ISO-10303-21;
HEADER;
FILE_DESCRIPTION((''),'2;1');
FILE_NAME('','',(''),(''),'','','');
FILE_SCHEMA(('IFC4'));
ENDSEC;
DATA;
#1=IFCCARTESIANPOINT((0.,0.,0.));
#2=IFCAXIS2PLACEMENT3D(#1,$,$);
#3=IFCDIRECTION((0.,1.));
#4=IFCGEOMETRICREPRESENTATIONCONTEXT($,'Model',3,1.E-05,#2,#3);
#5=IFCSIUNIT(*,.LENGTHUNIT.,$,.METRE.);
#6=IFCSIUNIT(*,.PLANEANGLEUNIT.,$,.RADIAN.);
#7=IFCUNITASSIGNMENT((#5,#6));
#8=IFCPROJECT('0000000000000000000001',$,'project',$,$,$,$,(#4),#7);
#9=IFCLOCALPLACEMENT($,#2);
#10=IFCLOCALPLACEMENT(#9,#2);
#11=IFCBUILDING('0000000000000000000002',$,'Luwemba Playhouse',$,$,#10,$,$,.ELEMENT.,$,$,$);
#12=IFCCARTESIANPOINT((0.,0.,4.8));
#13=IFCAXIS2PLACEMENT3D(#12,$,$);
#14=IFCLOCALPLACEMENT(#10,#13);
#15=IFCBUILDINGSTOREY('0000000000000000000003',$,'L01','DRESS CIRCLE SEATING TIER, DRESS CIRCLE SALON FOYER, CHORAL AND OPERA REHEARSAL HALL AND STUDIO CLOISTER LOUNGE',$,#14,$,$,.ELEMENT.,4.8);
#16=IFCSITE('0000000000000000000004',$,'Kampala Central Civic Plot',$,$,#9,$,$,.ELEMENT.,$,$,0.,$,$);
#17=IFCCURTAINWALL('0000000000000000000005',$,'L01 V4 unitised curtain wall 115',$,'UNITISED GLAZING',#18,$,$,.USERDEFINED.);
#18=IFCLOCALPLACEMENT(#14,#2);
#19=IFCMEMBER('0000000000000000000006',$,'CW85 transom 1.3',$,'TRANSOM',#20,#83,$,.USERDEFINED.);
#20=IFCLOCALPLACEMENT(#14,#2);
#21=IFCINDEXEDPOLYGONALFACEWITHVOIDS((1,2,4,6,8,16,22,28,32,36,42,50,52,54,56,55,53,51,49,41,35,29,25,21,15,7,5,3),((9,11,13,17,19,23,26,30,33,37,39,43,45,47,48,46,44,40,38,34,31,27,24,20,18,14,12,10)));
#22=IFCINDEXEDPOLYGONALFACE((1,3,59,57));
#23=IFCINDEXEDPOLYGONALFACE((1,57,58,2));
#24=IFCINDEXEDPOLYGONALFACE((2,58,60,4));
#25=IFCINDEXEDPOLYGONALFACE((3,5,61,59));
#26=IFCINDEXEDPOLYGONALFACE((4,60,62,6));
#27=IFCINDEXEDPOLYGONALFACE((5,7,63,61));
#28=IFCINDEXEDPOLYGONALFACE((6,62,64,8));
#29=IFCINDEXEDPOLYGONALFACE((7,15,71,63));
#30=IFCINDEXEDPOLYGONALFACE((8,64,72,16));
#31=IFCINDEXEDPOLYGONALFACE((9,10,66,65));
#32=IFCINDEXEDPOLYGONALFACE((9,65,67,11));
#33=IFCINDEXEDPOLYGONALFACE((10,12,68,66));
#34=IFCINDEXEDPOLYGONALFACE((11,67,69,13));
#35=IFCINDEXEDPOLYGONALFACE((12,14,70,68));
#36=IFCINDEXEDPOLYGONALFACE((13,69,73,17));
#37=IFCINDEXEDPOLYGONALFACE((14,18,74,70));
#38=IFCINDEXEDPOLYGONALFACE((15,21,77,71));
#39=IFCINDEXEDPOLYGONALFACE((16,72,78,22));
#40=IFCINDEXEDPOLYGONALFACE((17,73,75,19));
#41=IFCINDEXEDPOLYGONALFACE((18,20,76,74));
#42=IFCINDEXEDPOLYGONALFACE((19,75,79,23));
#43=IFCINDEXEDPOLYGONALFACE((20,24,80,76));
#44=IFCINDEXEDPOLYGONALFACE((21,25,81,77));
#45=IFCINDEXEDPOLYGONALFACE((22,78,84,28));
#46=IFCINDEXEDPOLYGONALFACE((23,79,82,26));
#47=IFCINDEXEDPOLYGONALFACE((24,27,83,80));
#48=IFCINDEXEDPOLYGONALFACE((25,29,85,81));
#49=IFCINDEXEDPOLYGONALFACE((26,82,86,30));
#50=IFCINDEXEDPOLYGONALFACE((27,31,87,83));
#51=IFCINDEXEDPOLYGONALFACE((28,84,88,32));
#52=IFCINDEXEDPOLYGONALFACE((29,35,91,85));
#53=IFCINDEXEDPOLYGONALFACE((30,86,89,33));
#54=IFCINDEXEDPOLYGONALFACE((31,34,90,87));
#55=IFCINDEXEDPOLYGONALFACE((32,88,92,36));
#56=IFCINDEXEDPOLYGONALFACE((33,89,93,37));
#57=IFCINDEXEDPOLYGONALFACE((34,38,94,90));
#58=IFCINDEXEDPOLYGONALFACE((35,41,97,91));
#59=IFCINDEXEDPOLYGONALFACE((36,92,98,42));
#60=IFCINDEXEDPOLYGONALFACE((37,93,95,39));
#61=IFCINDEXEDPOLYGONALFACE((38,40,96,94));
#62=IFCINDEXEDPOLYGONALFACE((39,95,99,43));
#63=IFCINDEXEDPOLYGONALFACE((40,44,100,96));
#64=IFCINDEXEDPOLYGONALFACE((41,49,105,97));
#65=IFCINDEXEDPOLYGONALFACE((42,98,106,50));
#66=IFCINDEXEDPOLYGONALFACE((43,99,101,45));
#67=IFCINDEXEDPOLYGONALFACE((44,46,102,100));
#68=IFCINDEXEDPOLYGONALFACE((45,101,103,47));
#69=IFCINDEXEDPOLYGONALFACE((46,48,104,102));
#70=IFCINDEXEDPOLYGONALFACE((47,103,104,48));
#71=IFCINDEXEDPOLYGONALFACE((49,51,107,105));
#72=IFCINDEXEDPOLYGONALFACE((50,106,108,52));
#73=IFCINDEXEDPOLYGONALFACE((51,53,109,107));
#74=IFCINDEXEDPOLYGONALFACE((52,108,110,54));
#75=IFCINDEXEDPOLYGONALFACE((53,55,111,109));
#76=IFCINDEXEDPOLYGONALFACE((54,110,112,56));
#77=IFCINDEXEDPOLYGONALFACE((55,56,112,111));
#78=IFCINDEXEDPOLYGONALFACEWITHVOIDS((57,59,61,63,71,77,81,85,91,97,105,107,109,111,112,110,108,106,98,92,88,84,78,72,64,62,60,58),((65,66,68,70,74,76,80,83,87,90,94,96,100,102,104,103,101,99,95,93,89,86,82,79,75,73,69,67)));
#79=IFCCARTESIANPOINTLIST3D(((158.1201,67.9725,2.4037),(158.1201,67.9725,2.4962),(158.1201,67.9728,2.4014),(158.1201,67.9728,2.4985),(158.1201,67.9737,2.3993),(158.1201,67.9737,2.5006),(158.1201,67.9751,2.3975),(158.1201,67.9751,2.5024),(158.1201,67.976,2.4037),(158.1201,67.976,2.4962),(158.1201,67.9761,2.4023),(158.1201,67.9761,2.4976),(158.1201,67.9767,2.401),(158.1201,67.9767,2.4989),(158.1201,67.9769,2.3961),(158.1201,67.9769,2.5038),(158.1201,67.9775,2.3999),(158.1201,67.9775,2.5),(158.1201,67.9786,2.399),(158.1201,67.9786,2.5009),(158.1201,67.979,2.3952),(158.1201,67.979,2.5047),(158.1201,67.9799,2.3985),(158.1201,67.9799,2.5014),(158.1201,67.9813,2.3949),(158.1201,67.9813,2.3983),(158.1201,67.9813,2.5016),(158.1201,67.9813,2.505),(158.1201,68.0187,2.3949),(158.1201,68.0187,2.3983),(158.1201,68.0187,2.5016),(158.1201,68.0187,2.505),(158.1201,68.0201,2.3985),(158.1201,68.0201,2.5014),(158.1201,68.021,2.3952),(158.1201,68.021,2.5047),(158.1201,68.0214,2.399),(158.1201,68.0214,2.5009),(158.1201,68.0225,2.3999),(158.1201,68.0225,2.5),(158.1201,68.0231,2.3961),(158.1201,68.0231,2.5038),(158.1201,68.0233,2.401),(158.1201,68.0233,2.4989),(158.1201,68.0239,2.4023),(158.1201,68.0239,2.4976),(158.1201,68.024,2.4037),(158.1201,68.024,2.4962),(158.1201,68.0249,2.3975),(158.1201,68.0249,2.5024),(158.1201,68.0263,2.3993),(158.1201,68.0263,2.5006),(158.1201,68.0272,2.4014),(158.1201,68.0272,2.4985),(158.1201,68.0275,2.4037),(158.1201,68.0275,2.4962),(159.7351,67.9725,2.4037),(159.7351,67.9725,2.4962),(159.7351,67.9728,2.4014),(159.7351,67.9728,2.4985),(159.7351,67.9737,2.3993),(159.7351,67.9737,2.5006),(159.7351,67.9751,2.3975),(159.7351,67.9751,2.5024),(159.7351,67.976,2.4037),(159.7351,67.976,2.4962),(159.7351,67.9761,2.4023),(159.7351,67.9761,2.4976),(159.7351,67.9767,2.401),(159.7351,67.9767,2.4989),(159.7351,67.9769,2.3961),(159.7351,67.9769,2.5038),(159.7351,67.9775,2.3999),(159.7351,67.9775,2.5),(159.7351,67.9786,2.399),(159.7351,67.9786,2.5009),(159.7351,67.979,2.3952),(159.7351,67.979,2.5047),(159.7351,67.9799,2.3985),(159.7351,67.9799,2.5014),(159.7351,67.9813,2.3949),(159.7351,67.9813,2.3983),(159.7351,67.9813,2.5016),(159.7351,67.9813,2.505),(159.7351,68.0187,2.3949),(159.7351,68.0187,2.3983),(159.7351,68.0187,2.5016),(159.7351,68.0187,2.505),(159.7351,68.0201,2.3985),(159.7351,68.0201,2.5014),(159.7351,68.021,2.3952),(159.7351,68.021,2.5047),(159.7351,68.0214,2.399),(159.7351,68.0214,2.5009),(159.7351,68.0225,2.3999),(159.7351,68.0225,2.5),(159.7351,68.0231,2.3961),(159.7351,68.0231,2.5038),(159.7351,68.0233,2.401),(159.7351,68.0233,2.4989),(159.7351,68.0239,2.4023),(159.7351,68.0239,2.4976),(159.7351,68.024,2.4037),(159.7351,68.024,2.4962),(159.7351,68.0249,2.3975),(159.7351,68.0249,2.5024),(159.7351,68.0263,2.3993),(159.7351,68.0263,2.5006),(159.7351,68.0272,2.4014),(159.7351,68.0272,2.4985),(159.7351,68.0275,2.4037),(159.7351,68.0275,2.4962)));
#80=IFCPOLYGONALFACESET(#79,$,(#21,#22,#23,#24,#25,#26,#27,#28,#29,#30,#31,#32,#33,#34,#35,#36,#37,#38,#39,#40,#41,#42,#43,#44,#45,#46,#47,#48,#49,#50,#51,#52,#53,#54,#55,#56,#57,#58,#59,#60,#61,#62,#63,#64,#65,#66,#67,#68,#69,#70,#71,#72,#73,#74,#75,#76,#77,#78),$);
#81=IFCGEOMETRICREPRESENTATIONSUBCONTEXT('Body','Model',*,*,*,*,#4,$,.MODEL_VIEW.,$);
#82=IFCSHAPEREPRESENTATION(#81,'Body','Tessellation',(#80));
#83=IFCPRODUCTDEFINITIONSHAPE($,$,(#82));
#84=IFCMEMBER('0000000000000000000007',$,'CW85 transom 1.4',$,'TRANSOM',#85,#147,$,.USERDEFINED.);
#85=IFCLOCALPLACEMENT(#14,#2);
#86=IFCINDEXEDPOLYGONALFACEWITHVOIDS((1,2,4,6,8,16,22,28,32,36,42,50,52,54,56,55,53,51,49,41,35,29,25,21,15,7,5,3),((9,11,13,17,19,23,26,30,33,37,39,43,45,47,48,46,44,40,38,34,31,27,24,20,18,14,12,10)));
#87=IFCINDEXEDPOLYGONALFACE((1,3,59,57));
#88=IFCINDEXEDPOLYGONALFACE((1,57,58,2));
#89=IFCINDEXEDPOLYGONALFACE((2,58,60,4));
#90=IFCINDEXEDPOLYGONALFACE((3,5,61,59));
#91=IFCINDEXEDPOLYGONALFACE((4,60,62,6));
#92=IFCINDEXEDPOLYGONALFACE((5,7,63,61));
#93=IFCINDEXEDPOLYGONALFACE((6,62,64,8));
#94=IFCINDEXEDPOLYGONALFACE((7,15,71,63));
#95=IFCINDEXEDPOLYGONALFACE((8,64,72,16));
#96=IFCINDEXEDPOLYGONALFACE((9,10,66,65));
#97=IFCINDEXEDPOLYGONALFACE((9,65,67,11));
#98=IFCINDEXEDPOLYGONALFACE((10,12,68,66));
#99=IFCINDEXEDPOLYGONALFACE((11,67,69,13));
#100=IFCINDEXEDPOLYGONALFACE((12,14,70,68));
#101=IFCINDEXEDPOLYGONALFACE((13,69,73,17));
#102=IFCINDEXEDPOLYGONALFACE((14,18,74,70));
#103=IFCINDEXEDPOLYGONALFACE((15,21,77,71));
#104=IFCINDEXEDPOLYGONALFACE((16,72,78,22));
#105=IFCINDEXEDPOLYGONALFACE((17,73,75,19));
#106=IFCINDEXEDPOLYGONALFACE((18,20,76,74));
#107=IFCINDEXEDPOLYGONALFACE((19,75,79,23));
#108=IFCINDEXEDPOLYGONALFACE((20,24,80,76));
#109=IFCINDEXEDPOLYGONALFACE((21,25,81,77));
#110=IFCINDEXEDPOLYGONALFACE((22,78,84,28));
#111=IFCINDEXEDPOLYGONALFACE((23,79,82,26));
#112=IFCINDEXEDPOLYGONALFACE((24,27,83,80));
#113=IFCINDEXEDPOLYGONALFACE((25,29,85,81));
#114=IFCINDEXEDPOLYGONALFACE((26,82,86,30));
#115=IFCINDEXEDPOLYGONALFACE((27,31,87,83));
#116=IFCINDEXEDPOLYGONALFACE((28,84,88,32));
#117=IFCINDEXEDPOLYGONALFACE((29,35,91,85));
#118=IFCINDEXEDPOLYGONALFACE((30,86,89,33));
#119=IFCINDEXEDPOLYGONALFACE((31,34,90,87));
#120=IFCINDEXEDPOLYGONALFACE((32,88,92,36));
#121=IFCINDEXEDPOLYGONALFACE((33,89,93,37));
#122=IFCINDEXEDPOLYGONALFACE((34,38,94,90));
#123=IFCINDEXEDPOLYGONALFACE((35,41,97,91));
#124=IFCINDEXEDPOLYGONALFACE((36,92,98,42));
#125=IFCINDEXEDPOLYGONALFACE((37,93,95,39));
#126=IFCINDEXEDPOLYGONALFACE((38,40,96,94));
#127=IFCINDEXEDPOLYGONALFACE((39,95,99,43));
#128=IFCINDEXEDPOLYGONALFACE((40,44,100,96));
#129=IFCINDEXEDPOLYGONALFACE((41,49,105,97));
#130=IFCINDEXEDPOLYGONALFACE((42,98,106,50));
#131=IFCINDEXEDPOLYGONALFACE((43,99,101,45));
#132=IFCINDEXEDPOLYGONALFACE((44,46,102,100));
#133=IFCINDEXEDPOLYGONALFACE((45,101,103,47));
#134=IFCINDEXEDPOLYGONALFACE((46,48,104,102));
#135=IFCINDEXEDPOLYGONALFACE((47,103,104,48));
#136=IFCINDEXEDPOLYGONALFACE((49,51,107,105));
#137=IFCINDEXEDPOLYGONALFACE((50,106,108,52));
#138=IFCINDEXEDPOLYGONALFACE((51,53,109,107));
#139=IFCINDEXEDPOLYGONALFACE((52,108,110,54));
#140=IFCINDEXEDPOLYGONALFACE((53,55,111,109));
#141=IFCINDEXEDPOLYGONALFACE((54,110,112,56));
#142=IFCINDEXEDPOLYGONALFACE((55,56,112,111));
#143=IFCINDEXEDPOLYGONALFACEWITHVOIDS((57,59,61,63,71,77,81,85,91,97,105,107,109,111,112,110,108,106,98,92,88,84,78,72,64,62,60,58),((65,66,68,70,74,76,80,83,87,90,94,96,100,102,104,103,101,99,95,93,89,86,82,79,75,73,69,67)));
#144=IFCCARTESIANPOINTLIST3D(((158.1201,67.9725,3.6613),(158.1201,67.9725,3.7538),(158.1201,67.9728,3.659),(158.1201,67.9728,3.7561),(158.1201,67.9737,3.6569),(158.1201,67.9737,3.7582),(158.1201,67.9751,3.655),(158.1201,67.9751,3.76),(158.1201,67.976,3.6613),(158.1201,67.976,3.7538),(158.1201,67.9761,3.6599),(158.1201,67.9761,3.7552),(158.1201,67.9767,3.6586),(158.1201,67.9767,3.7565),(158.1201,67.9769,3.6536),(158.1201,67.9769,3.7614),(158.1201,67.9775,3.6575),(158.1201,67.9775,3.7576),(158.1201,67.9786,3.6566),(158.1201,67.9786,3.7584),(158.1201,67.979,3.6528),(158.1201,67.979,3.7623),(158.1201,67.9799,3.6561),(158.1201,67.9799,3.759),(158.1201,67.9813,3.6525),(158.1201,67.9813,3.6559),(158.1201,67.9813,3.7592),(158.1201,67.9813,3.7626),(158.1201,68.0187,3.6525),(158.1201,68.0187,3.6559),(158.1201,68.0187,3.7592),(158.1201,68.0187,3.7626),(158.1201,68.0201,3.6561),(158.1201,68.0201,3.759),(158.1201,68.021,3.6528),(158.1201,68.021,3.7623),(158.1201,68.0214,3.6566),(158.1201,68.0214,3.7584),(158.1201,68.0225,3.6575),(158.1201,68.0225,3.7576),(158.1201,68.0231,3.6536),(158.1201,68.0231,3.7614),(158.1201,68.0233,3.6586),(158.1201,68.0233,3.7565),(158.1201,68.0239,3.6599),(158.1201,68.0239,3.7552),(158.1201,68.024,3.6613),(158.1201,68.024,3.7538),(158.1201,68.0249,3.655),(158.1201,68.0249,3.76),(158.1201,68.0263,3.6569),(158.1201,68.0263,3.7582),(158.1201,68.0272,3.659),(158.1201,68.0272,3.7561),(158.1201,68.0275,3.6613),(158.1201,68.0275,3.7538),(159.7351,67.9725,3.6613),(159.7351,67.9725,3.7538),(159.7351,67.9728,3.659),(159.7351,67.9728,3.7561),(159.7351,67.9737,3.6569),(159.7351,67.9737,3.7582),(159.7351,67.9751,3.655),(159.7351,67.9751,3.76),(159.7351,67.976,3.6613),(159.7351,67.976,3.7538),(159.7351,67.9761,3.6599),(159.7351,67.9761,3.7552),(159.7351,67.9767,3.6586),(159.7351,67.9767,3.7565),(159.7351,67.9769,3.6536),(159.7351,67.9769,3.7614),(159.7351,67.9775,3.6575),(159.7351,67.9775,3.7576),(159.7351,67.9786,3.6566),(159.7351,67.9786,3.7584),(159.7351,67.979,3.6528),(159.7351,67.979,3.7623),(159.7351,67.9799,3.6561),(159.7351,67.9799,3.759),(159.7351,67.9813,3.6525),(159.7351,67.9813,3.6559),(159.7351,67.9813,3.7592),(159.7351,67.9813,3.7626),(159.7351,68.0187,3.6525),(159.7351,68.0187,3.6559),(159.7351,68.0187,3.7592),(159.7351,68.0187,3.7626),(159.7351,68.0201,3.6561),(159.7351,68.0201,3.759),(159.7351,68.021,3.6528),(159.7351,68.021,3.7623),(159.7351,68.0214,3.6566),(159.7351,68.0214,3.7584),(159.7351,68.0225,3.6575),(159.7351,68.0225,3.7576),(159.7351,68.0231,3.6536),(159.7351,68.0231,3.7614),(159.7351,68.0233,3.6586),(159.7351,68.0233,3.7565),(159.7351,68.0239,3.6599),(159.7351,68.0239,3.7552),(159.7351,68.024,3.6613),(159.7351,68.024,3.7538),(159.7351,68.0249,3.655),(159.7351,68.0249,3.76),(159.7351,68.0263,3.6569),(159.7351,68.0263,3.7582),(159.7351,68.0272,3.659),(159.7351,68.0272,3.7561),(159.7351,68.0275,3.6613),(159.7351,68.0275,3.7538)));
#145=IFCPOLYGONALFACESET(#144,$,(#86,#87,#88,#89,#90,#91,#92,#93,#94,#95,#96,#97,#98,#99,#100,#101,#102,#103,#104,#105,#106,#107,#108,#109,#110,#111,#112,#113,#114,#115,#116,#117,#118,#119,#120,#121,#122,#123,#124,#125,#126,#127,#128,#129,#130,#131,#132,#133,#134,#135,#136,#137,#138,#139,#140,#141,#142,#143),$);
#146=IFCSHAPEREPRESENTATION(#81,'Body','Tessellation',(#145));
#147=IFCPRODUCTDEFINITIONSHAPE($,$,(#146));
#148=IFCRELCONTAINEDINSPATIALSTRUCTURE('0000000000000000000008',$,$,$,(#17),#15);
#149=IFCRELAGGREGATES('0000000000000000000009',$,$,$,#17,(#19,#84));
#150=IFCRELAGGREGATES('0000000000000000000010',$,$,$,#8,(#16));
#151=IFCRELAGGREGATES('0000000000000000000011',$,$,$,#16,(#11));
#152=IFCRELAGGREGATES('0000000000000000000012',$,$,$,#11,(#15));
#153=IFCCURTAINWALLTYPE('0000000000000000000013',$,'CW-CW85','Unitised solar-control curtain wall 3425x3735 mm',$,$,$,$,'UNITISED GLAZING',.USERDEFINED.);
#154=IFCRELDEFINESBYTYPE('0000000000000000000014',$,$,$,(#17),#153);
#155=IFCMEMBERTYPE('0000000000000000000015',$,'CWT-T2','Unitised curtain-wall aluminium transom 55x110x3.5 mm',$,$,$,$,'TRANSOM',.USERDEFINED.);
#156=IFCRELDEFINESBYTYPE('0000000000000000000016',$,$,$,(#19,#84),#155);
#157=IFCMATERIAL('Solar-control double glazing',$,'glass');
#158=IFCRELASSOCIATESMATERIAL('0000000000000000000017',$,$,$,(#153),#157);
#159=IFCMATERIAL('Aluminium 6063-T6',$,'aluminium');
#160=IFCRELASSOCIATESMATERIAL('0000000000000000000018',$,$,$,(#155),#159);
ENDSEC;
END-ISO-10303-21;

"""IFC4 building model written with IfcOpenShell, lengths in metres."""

from ifc_helpers import new_model, si_unit, direction, frame, origin, origin_2d, place, context, subcontext, project, spatial, hollow_rectangle, extrude, material, material_profile, profile_set, type_object, element, aggregate, save


model = new_model("IFC4")

# Units and contexts
model_context = context("Model", 3, precision=1e-05, world=origin(), true_north=direction((0.0, 1.0)))
body_context = subcontext(model_context, "Body", "Model", "MODEL_VIEW")
ifc_project = project(units=[si_unit("LENGTHUNIT", "METRE"), si_unit("PLANEANGLEUNIT", "RADIAN")], contexts=[model_context])

# Site, building, storey
site_placement = place(None, origin())
site = spatial("IfcSite", under=ifc_project, at=site_placement, Name="Kampala Central Civic Plot", CompositionType="ELEMENT", RefElevation=0.0)
building_placement = place(site_placement, origin())
building = spatial("IfcBuilding", under=site, at=building_placement, Name="Luwemba Playhouse", CompositionType="ELEMENT")
storey_placement = place(building_placement, frame((0.0, 0.0, 4.8)))
storey = spatial("IfcBuildingStorey", under=building, at=storey_placement, Name="L01", Description="DRESS CIRCLE SEATING TIER, DRESS CIRCLE SALON FOYER, CHORAL AND OPERA REHEARSAL HALL AND STUDIO CLOISTER LOUNGE", CompositionType="ELEMENT", Elevation=4.8)

# Curtain wall, members
ifc_material_1 = material(Name="Solar-control double glazing", Category="glass")
curtain_wall_type = type_object("IfcCurtainWallType", Name="CW-CW85", Description="Unitised solar-control curtain wall 3425x3735 mm", ElementType="UNITISED GLAZING", PredefinedType="USERDEFINED", material=ifc_material_1)
curtain_wall_placement = place(storey_placement, origin())
curtain_wall = element("IfcCurtainWall", 1, at=curtain_wall_placement, inside=storey, type_object=curtain_wall_type, Name="L01 V4 unitised curtain wall 115", ObjectType="UNITISED GLAZING", PredefinedType="USERDEFINED")
ifc_material_2 = material(Name="Aluminium 6063-T6", Category="aluminium")
ifc_material_profile_1 = material_profile(ifc_material_2, hollow_rectangle(XDim=0.0549, YDim=0.1101, WallThickness=0.0034, InnerFilletRadius=0.0054, OuterFilletRadius=0.0088, at=origin_2d()))
ifc_profile_set_1 = profile_set([ifc_material_profile_1], Name="Aluminium 6063-T6")
member_type_1 = type_object("IfcMemberType", Name="CWT-T2", Description="Unitised curtain-wall aluminium transom 55x110x3.5 mm", ElementType="TRANSOM", PredefinedType="USERDEFINED", material=ifc_profile_set_1)
member_1_placement = place(storey_placement, frame((159.7351, 68.0, 2.45), z_axis=(-1.0, 0.0, 0.0), x_axis=(0.0, -1.0, 0.0)))
member_1 = element("IfcMember", 2, at=member_1_placement, type_object=member_type_1, Name="CW85 transom 1.3", ObjectType="TRANSOM", PredefinedType="USERDEFINED", context=body_context, shape_type="SweptSolid", body=[
    extrude(hollow_rectangle(XDim=0.0549, YDim=0.1101, WallThickness=0.0034, InnerFilletRadius=0.0054, OuterFilletRadius=0.0088, at=origin_2d()), origin(), (0.0, 0.0, 1.0), 1.615),
])
member_2_placement = place(storey_placement, frame((159.7351, 68.0, 3.7075), z_axis=(-1.0, 0.0, 0.0), x_axis=(0.0, -1.0, 0.0)))
member_2 = element("IfcMember", 3, at=member_2_placement, type_object=member_type_1, Name="CW85 transom 1.4", ObjectType="TRANSOM", PredefinedType="USERDEFINED", context=body_context, shape_type="SweptSolid", body=[
    extrude(hollow_rectangle(XDim=0.0549, YDim=0.1101, WallThickness=0.0034, InnerFilletRadius=0.0054, OuterFilletRadius=0.0088, at=origin_2d()), origin(), (0.0, 0.0, 1.0), 1.615),
])
aggregate(curtain_wall, [member_1, member_2])

save(model, "model.ifc")
